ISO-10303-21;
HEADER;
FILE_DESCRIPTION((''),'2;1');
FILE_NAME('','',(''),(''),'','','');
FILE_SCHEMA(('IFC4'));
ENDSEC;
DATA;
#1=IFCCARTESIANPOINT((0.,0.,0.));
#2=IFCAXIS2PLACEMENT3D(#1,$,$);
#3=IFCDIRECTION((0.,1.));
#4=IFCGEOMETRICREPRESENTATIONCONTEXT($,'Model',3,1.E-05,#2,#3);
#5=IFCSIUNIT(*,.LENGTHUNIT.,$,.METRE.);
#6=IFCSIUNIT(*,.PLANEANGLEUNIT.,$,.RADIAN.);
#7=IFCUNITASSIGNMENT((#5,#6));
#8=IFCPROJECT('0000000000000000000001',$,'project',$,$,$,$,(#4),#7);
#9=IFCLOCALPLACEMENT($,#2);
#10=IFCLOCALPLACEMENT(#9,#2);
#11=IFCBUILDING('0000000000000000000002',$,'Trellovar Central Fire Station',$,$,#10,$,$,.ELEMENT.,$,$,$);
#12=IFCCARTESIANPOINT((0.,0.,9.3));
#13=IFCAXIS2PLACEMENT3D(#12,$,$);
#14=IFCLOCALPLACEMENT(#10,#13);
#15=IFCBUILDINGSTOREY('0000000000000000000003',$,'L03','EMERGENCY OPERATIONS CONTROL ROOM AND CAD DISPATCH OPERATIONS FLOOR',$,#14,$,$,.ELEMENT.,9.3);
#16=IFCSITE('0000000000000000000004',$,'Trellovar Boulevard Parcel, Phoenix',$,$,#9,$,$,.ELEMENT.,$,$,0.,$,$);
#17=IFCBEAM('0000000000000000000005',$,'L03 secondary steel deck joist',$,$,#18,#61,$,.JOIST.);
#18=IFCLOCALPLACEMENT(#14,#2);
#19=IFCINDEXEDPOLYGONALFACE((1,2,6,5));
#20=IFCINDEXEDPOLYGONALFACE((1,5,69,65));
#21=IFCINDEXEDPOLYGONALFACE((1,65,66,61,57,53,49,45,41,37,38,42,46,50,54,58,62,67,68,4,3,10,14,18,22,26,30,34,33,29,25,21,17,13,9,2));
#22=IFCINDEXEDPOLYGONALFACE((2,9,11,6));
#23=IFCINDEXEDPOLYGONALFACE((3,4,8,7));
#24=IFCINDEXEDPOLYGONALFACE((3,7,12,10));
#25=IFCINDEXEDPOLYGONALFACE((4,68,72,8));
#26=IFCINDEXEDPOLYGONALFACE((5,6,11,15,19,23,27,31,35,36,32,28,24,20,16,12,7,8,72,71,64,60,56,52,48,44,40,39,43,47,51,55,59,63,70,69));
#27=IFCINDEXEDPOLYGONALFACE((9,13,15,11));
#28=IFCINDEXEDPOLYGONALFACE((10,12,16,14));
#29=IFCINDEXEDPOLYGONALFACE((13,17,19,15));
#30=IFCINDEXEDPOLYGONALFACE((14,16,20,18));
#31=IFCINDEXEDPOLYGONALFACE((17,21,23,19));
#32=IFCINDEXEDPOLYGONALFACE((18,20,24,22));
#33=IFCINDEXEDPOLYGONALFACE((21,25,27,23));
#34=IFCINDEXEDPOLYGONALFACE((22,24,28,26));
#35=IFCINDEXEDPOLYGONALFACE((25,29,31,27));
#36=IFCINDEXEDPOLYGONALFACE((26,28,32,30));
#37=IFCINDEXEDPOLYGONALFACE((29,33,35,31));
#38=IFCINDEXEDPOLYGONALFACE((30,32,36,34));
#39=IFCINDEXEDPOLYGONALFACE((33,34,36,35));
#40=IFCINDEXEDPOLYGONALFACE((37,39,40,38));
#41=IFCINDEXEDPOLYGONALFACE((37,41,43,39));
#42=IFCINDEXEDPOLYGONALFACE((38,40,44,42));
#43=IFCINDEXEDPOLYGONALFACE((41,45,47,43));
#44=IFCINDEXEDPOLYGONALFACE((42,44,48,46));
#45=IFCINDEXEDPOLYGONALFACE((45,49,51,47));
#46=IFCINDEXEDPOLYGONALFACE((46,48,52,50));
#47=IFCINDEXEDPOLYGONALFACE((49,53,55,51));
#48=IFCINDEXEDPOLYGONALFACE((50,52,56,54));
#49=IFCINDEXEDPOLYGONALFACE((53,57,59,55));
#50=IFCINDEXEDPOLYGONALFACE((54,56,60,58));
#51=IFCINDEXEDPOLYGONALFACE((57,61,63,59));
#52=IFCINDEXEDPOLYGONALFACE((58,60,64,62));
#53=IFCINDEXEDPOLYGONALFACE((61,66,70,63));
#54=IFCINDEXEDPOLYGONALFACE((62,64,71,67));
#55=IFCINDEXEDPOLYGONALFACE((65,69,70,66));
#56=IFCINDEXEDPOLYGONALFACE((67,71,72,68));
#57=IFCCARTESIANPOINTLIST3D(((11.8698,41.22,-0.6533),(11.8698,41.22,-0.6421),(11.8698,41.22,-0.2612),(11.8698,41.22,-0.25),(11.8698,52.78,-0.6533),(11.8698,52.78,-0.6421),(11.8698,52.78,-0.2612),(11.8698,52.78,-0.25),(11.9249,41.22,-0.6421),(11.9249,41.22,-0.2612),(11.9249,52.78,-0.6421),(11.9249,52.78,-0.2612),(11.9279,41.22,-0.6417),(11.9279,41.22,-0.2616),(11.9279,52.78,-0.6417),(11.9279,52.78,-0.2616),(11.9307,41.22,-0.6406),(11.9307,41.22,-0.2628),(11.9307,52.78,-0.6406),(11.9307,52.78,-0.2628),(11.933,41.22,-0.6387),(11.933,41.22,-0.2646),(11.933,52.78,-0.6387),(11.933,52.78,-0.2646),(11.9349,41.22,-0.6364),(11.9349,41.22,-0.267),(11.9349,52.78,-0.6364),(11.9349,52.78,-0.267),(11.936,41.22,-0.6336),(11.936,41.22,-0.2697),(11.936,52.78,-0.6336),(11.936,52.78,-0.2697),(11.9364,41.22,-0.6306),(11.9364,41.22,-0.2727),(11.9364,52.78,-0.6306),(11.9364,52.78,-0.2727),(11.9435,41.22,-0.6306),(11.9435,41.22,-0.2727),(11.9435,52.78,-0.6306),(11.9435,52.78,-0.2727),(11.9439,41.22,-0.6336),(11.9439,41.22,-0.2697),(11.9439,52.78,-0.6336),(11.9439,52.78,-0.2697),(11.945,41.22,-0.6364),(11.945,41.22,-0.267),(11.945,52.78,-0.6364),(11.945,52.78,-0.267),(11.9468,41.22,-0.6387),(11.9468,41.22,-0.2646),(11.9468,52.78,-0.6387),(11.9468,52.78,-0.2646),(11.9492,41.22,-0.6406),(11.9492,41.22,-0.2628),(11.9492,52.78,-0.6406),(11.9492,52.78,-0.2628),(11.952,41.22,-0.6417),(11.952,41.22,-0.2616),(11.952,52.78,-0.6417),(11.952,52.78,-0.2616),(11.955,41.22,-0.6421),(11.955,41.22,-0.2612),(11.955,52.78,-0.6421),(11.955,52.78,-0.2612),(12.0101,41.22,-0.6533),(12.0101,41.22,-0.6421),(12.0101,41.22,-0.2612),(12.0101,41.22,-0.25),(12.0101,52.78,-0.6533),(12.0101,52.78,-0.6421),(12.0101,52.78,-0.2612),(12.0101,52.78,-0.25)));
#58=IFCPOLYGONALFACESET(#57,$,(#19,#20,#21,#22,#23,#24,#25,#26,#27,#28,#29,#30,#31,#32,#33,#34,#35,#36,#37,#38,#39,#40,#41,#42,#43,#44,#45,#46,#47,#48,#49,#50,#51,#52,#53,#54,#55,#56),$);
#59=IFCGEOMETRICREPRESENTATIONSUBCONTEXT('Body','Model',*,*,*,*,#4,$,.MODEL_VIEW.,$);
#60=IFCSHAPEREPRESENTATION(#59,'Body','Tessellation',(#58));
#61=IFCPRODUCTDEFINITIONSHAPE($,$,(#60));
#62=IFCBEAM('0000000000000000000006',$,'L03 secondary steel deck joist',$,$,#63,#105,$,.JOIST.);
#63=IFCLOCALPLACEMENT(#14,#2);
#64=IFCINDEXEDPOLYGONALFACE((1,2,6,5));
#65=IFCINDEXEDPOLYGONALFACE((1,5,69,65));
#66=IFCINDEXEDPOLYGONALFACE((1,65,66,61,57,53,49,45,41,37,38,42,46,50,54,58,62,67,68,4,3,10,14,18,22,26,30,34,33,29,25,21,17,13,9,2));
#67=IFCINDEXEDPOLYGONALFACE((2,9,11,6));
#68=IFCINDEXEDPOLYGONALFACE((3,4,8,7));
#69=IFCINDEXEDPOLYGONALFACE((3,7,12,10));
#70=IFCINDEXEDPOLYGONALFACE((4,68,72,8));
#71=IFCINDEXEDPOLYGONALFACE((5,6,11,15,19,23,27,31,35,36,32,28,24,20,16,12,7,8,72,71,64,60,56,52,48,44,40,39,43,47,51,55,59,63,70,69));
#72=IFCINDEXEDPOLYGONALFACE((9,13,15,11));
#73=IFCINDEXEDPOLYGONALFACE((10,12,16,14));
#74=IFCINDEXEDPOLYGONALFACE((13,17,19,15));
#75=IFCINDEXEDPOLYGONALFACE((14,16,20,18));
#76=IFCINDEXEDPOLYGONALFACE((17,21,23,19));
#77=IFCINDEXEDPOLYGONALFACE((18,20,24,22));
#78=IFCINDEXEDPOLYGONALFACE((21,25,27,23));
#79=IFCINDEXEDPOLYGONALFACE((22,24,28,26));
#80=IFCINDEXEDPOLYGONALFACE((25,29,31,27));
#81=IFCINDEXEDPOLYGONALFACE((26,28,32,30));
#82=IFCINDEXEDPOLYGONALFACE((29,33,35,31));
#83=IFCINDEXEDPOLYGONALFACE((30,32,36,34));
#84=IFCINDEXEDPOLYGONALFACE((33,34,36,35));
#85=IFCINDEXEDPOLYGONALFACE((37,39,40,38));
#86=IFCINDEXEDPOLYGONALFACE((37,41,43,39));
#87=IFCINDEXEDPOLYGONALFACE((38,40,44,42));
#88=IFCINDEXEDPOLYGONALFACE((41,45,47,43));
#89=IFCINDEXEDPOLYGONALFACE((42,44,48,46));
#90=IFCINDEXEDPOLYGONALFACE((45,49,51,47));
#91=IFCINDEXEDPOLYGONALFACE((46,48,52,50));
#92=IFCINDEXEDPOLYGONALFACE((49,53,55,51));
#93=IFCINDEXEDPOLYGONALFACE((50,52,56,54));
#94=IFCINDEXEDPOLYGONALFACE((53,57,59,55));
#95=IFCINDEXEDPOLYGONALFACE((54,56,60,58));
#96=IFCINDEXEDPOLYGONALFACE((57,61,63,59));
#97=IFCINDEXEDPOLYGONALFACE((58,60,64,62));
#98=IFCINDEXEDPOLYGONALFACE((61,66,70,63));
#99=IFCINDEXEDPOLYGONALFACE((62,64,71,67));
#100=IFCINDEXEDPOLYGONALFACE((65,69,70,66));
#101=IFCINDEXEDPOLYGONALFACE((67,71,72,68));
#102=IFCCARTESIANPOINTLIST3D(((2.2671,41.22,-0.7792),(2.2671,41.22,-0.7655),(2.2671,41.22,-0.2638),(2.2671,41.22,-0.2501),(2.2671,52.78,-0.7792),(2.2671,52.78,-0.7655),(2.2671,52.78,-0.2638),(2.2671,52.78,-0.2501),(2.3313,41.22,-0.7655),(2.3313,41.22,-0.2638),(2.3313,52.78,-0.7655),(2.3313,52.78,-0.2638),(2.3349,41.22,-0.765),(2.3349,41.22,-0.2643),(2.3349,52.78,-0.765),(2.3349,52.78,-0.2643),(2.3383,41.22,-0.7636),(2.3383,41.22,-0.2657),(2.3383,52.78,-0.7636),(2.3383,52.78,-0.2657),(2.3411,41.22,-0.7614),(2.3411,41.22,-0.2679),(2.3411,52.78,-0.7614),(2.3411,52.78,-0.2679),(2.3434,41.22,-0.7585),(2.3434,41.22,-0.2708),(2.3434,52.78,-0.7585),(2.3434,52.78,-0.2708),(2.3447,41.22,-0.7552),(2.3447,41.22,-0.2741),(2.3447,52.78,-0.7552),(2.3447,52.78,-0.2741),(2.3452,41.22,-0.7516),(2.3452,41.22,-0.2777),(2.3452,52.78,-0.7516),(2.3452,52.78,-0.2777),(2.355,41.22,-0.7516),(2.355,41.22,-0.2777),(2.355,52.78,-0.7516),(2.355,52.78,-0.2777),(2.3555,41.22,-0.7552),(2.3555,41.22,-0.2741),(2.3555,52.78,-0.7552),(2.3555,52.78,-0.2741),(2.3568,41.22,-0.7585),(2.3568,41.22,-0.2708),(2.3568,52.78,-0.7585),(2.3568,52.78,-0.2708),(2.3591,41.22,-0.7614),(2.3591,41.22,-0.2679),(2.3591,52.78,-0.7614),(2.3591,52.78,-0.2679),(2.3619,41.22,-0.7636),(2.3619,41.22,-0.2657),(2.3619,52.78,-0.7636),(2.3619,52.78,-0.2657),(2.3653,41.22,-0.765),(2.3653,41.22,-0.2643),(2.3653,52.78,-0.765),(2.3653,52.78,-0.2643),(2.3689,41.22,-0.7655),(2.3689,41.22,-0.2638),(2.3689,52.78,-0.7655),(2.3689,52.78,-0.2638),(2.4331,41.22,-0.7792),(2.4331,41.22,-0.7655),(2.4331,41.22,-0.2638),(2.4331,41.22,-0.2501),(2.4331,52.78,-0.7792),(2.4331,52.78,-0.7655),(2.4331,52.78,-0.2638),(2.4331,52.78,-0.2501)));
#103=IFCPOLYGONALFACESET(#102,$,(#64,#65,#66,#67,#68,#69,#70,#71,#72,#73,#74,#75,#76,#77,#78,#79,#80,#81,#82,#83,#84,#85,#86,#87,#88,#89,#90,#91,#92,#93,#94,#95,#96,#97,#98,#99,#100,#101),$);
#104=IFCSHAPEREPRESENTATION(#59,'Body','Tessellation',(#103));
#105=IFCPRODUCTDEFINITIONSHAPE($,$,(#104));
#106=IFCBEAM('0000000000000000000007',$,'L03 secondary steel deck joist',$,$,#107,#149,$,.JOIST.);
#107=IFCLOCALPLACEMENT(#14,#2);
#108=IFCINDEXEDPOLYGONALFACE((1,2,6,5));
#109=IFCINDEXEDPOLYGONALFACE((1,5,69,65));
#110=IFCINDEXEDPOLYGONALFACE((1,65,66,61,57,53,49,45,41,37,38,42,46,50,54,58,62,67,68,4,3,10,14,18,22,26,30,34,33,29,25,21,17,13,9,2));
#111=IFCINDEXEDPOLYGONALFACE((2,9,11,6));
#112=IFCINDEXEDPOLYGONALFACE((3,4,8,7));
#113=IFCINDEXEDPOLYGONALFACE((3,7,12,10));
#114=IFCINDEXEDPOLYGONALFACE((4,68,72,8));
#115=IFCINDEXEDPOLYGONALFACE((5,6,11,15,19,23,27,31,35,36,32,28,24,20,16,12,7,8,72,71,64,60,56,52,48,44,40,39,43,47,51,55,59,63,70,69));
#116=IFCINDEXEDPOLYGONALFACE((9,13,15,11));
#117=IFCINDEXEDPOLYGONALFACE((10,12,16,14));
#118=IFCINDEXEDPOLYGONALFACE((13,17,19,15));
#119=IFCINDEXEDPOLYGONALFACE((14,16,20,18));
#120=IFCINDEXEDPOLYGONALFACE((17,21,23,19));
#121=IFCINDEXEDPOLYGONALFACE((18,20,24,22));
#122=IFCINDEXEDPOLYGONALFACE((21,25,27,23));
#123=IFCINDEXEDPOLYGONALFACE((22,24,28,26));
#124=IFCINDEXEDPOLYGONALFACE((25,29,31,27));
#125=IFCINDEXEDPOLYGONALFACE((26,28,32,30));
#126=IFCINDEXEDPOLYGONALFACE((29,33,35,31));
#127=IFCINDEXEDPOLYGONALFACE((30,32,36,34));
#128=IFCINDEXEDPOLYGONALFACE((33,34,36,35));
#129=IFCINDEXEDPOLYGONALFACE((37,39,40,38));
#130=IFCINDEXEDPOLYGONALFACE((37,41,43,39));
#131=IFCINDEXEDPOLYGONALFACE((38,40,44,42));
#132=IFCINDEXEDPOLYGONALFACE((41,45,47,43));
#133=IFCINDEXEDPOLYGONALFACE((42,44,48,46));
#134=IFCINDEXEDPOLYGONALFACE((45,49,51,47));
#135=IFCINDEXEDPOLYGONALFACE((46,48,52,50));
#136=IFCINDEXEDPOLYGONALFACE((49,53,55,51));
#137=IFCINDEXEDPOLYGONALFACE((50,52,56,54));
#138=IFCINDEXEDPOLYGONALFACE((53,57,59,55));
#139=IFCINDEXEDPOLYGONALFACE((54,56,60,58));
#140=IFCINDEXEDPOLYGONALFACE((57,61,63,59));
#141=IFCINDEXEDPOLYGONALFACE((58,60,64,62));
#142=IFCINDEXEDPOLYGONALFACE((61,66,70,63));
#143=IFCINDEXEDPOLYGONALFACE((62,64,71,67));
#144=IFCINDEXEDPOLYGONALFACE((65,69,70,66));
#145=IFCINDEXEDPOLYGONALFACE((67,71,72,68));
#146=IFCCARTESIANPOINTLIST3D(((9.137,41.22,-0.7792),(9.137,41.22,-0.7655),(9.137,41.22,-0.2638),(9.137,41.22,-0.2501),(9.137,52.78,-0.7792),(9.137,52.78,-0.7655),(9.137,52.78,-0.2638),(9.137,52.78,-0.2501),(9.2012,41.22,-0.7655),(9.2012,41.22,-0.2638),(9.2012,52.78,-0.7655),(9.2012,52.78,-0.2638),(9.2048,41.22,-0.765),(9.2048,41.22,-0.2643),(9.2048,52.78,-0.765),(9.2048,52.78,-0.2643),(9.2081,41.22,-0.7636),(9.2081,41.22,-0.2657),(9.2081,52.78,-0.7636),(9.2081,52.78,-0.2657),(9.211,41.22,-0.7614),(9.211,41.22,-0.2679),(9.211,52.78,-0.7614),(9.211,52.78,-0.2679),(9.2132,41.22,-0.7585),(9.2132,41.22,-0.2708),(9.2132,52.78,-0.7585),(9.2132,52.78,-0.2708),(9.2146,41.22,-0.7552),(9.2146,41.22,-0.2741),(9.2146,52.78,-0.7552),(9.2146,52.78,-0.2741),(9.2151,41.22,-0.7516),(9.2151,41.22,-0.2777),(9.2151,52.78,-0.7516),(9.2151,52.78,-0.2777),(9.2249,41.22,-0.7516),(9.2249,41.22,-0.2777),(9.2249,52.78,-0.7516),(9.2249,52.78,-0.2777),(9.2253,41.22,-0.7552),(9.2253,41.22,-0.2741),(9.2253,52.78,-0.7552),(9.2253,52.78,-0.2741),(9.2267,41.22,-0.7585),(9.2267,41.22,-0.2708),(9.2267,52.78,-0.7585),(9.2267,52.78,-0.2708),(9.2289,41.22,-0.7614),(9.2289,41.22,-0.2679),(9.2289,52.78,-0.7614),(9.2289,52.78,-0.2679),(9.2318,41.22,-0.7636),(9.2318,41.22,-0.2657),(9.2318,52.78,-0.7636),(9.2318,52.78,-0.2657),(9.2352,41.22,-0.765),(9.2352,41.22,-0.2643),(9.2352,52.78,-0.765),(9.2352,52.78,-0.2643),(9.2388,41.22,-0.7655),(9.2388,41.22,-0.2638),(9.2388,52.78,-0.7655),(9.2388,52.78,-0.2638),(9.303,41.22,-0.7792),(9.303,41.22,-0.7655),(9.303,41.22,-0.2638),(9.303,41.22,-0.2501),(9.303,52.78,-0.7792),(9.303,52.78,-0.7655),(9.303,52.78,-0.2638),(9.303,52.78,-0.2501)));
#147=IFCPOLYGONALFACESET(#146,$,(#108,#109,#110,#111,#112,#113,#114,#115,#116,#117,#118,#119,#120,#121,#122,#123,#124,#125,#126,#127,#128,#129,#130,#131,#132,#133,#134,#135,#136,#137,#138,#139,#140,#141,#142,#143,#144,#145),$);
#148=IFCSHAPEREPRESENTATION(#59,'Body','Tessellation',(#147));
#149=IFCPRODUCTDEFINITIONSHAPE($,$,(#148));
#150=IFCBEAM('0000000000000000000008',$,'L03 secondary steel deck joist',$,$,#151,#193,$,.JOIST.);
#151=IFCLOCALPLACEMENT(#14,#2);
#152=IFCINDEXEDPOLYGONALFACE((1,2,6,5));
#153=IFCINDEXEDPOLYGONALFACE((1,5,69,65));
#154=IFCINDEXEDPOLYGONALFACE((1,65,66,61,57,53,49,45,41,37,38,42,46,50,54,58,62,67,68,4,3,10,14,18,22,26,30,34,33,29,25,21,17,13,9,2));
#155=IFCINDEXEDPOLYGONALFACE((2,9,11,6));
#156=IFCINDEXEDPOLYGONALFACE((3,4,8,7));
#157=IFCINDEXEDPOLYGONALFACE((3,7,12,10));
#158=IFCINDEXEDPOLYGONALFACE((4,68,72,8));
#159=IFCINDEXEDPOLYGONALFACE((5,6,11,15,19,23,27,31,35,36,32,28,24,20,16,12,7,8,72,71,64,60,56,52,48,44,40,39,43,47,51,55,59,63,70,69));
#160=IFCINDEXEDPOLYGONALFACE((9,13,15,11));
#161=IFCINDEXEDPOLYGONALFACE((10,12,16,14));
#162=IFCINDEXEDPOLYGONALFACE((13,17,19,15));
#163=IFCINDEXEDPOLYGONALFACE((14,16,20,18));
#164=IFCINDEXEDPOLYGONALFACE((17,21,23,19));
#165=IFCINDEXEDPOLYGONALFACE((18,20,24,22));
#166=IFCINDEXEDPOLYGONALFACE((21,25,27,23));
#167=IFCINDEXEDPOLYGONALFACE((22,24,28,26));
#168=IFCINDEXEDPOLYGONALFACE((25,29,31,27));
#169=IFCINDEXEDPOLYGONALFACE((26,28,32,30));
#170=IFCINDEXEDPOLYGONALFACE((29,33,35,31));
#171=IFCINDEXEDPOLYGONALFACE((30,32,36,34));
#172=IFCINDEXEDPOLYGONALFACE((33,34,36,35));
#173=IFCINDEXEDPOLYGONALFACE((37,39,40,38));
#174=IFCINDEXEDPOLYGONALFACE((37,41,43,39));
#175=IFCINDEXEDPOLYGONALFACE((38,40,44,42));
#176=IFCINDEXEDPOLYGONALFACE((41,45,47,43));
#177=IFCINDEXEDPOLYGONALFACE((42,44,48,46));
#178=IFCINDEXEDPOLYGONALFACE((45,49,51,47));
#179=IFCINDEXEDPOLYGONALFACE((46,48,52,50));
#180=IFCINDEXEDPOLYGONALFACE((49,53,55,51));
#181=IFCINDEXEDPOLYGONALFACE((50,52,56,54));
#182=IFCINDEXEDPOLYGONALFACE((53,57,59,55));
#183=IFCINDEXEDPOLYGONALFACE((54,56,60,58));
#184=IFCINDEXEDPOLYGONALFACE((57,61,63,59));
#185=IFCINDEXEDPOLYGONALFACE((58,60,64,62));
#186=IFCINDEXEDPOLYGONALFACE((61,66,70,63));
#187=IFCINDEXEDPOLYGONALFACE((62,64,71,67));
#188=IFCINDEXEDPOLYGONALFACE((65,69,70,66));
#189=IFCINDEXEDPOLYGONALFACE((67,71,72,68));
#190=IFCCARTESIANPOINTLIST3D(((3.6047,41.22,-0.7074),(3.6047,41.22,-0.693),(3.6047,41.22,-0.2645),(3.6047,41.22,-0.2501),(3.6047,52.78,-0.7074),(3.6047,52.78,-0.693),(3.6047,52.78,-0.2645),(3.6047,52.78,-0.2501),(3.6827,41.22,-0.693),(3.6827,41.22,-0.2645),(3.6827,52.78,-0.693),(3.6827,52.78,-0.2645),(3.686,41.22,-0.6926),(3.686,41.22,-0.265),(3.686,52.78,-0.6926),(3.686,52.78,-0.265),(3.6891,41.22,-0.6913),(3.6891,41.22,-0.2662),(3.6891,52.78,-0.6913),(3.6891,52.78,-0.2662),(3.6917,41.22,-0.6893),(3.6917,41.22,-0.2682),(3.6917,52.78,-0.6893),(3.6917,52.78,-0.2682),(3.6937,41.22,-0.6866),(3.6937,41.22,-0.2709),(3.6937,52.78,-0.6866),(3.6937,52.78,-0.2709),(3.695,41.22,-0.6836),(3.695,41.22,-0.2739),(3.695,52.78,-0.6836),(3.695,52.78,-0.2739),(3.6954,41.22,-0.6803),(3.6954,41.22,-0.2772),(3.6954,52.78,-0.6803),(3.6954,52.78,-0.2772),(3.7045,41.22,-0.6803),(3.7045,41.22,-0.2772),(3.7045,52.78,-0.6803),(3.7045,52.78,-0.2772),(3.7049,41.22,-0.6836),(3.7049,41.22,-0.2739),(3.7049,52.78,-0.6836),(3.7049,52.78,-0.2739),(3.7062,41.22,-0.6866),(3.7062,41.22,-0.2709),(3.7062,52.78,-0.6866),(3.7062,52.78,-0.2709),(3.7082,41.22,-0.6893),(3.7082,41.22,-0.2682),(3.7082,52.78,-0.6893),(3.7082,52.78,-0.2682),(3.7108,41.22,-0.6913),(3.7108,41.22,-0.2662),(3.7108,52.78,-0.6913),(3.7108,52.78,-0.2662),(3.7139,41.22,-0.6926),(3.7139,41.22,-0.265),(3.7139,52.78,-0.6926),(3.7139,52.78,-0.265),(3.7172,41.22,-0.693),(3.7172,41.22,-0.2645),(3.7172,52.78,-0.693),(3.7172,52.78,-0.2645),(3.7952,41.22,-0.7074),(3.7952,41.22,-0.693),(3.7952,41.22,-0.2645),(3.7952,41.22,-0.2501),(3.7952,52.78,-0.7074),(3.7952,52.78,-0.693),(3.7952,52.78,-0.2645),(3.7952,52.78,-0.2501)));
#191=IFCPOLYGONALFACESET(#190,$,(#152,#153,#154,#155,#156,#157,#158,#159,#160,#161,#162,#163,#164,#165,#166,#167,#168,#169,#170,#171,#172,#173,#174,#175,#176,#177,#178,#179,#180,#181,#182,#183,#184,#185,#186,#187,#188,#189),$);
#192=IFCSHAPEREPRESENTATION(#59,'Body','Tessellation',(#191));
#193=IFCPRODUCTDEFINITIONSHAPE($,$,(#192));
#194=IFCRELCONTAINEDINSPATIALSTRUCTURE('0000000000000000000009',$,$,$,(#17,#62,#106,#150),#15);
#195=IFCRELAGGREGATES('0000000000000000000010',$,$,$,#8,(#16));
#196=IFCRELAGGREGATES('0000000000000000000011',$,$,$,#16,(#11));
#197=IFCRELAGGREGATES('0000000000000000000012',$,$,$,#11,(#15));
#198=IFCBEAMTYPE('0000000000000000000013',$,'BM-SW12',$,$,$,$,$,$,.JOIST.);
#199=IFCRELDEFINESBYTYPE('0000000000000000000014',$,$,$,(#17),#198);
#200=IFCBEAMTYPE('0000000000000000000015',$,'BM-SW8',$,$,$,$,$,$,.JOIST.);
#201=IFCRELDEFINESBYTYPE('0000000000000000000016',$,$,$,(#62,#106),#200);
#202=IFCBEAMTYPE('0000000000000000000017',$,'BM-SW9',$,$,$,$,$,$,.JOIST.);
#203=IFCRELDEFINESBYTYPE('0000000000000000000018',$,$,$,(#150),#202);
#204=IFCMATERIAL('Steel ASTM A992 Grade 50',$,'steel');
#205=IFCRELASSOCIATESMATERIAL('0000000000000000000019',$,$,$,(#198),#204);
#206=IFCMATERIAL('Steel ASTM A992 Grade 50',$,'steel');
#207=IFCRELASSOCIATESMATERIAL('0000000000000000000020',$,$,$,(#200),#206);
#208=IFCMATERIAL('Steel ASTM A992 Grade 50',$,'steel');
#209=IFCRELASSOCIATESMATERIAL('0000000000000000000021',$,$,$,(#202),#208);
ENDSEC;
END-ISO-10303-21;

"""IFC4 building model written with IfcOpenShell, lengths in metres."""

from ifc_helpers import new_model, si_unit, direction, frame, origin, origin_2d, place, context, subcontext, project, spatial, i_section, extrude, material, material_profile, profile_set, type_object, element, save


model = new_model("IFC4")

# Units and contexts
model_context = context("Model", 3, precision=1e-05, world=origin(), true_north=direction((0.0, 1.0)))
body_context = subcontext(model_context, "Body", "Model", "MODEL_VIEW")
ifc_project = project(units=[si_unit("LENGTHUNIT", "METRE"), si_unit("PLANEANGLEUNIT", "RADIAN")], contexts=[model_context])

# Site, building, storey
site_placement = place(None, origin())
site = spatial("IfcSite", under=ifc_project, at=site_placement, Name="Trellovar Boulevard Parcel, Phoenix", CompositionType="ELEMENT", RefElevation=0.0)
building_placement = place(site_placement, origin())
building = spatial("IfcBuilding", under=site, at=building_placement, Name="Trellovar Central Fire Station", CompositionType="ELEMENT")
storey_placement = place(building_placement, frame((0.0, 0.0, 9.3)))
storey = spatial("IfcBuildingStorey", under=building, at=storey_placement, Name="L03", Description="EMERGENCY OPERATIONS CONTROL ROOM AND CAD DISPATCH OPERATIONS FLOOR", CompositionType="ELEMENT", Elevation=9.3)

# Beams
ifc_material_1 = material(Name="Steel ASTM A992 Grade 50", Category="steel")
ifc_material_profile_1 = material_profile(ifc_material_1, i_section(OverallWidth=0.1404, OverallDepth=0.4033, WebThickness=0.0071, FlangeThickness=0.0112, FilletRadius=0.0115, at=origin_2d()), Name="W16X31")
ifc_profile_set_1 = profile_set([ifc_material_profile_1], Name="Steel ASTM A992 Grade 50")
beam_type_1 = type_object("IfcBeamType", Name="BM-SW12", PredefinedType="JOIST", material=ifc_profile_set_1)
for number, where, z_axis, x_axis, name in (
    (1, (11.9399, 41.22, -0.4517), (0.0, 1.0, 0.0), (-1.0, 0.0, 0.0), "L03 secondary steel deck joist"),
):
    element("IfcBeam", number, at=place(storey_placement, frame(where, z_axis=z_axis, x_axis=x_axis)), inside=storey, type_object=beam_type_1, Name=name, PredefinedType="JOIST", context=body_context, shape_type="SweptSolid", body=[
        extrude(i_section(OverallWidth=0.1404, OverallDepth=0.4033, WebThickness=0.0071, FlangeThickness=0.0112, FilletRadius=0.0115, at=origin_2d()), origin(), (0.0, 0.0, 1.0), 11.5601),
    ])
ifc_material_2 = material(Name="Steel ASTM A992 Grade 50", Category="steel")
ifc_material_profile_2 = material_profile(ifc_material_2, i_section(OverallWidth=0.166, OverallDepth=0.5291, WebThickness=0.0098, FlangeThickness=0.0137, FilletRadius=0.0139, at=origin_2d()), Name="W21X50")
ifc_profile_set_2 = profile_set([ifc_material_profile_2], Name="Steel ASTM A992 Grade 50")
beam_type_2 = type_object("IfcBeamType", Name="BM-SW8", PredefinedType="JOIST", material=ifc_profile_set_2)
for number, where, z_axis, x_axis, name in (
    (2, (2.3501, 41.22, -0.5146), (0.0, 1.0, 0.0), (-1.0, 0.0, 0.0), "L03 secondary steel deck joist"),
    (3, (9.22, 41.22, -0.5146), (0.0, 1.0, 0.0), (-1.0, 0.0, 0.0), "L03 secondary steel deck joist"),
):
    element("IfcBeam", number, at=place(storey_placement, frame(where, z_axis=z_axis, x_axis=x_axis)), inside=storey, type_object=beam_type_2, Name=name, PredefinedType="JOIST", context=body_context, shape_type="SweptSolid", body=[
        extrude(i_section(OverallWidth=0.166, OverallDepth=0.5291, WebThickness=0.0098, FlangeThickness=0.0137, FilletRadius=0.0139, at=origin_2d()), origin(), (0.0, 0.0, 1.0), 11.5601),
    ])
ifc_material_3 = material(Name="Steel ASTM A992 Grade 50", Category="steel")
ifc_material_profile_3 = material_profile(ifc_material_3, i_section(OverallWidth=0.1904, OverallDepth=0.4573, WebThickness=0.009, FlangeThickness=0.0144, FilletRadius=0.0127, at=origin_2d()), Name="W18X50")
ifc_profile_set_3 = profile_set([ifc_material_profile_3], Name="Steel ASTM A992 Grade 50")
beam_type_3 = type_object("IfcBeamType", Name="BM-SW9", PredefinedType="JOIST", material=ifc_profile_set_3)
for number, where, z_axis, x_axis, name in (
    (4, (3.7, 41.22, -0.4788), (0.0, 1.0, 0.0), (-1.0, 0.0, 0.0), "L03 secondary steel deck joist"),
):
    element("IfcBeam", number, at=place(storey_placement, frame(where, z_axis=z_axis, x_axis=x_axis)), inside=storey, type_object=beam_type_3, Name=name, PredefinedType="JOIST", context=body_context, shape_type="SweptSolid", body=[
        extrude(i_section(OverallWidth=0.1904, OverallDepth=0.4573, WebThickness=0.009, FlangeThickness=0.0144, FilletRadius=0.0127, at=origin_2d()), origin(), (0.0, 0.0, 1.0), 11.5601),
    ])

save(model, "model.ifc")
